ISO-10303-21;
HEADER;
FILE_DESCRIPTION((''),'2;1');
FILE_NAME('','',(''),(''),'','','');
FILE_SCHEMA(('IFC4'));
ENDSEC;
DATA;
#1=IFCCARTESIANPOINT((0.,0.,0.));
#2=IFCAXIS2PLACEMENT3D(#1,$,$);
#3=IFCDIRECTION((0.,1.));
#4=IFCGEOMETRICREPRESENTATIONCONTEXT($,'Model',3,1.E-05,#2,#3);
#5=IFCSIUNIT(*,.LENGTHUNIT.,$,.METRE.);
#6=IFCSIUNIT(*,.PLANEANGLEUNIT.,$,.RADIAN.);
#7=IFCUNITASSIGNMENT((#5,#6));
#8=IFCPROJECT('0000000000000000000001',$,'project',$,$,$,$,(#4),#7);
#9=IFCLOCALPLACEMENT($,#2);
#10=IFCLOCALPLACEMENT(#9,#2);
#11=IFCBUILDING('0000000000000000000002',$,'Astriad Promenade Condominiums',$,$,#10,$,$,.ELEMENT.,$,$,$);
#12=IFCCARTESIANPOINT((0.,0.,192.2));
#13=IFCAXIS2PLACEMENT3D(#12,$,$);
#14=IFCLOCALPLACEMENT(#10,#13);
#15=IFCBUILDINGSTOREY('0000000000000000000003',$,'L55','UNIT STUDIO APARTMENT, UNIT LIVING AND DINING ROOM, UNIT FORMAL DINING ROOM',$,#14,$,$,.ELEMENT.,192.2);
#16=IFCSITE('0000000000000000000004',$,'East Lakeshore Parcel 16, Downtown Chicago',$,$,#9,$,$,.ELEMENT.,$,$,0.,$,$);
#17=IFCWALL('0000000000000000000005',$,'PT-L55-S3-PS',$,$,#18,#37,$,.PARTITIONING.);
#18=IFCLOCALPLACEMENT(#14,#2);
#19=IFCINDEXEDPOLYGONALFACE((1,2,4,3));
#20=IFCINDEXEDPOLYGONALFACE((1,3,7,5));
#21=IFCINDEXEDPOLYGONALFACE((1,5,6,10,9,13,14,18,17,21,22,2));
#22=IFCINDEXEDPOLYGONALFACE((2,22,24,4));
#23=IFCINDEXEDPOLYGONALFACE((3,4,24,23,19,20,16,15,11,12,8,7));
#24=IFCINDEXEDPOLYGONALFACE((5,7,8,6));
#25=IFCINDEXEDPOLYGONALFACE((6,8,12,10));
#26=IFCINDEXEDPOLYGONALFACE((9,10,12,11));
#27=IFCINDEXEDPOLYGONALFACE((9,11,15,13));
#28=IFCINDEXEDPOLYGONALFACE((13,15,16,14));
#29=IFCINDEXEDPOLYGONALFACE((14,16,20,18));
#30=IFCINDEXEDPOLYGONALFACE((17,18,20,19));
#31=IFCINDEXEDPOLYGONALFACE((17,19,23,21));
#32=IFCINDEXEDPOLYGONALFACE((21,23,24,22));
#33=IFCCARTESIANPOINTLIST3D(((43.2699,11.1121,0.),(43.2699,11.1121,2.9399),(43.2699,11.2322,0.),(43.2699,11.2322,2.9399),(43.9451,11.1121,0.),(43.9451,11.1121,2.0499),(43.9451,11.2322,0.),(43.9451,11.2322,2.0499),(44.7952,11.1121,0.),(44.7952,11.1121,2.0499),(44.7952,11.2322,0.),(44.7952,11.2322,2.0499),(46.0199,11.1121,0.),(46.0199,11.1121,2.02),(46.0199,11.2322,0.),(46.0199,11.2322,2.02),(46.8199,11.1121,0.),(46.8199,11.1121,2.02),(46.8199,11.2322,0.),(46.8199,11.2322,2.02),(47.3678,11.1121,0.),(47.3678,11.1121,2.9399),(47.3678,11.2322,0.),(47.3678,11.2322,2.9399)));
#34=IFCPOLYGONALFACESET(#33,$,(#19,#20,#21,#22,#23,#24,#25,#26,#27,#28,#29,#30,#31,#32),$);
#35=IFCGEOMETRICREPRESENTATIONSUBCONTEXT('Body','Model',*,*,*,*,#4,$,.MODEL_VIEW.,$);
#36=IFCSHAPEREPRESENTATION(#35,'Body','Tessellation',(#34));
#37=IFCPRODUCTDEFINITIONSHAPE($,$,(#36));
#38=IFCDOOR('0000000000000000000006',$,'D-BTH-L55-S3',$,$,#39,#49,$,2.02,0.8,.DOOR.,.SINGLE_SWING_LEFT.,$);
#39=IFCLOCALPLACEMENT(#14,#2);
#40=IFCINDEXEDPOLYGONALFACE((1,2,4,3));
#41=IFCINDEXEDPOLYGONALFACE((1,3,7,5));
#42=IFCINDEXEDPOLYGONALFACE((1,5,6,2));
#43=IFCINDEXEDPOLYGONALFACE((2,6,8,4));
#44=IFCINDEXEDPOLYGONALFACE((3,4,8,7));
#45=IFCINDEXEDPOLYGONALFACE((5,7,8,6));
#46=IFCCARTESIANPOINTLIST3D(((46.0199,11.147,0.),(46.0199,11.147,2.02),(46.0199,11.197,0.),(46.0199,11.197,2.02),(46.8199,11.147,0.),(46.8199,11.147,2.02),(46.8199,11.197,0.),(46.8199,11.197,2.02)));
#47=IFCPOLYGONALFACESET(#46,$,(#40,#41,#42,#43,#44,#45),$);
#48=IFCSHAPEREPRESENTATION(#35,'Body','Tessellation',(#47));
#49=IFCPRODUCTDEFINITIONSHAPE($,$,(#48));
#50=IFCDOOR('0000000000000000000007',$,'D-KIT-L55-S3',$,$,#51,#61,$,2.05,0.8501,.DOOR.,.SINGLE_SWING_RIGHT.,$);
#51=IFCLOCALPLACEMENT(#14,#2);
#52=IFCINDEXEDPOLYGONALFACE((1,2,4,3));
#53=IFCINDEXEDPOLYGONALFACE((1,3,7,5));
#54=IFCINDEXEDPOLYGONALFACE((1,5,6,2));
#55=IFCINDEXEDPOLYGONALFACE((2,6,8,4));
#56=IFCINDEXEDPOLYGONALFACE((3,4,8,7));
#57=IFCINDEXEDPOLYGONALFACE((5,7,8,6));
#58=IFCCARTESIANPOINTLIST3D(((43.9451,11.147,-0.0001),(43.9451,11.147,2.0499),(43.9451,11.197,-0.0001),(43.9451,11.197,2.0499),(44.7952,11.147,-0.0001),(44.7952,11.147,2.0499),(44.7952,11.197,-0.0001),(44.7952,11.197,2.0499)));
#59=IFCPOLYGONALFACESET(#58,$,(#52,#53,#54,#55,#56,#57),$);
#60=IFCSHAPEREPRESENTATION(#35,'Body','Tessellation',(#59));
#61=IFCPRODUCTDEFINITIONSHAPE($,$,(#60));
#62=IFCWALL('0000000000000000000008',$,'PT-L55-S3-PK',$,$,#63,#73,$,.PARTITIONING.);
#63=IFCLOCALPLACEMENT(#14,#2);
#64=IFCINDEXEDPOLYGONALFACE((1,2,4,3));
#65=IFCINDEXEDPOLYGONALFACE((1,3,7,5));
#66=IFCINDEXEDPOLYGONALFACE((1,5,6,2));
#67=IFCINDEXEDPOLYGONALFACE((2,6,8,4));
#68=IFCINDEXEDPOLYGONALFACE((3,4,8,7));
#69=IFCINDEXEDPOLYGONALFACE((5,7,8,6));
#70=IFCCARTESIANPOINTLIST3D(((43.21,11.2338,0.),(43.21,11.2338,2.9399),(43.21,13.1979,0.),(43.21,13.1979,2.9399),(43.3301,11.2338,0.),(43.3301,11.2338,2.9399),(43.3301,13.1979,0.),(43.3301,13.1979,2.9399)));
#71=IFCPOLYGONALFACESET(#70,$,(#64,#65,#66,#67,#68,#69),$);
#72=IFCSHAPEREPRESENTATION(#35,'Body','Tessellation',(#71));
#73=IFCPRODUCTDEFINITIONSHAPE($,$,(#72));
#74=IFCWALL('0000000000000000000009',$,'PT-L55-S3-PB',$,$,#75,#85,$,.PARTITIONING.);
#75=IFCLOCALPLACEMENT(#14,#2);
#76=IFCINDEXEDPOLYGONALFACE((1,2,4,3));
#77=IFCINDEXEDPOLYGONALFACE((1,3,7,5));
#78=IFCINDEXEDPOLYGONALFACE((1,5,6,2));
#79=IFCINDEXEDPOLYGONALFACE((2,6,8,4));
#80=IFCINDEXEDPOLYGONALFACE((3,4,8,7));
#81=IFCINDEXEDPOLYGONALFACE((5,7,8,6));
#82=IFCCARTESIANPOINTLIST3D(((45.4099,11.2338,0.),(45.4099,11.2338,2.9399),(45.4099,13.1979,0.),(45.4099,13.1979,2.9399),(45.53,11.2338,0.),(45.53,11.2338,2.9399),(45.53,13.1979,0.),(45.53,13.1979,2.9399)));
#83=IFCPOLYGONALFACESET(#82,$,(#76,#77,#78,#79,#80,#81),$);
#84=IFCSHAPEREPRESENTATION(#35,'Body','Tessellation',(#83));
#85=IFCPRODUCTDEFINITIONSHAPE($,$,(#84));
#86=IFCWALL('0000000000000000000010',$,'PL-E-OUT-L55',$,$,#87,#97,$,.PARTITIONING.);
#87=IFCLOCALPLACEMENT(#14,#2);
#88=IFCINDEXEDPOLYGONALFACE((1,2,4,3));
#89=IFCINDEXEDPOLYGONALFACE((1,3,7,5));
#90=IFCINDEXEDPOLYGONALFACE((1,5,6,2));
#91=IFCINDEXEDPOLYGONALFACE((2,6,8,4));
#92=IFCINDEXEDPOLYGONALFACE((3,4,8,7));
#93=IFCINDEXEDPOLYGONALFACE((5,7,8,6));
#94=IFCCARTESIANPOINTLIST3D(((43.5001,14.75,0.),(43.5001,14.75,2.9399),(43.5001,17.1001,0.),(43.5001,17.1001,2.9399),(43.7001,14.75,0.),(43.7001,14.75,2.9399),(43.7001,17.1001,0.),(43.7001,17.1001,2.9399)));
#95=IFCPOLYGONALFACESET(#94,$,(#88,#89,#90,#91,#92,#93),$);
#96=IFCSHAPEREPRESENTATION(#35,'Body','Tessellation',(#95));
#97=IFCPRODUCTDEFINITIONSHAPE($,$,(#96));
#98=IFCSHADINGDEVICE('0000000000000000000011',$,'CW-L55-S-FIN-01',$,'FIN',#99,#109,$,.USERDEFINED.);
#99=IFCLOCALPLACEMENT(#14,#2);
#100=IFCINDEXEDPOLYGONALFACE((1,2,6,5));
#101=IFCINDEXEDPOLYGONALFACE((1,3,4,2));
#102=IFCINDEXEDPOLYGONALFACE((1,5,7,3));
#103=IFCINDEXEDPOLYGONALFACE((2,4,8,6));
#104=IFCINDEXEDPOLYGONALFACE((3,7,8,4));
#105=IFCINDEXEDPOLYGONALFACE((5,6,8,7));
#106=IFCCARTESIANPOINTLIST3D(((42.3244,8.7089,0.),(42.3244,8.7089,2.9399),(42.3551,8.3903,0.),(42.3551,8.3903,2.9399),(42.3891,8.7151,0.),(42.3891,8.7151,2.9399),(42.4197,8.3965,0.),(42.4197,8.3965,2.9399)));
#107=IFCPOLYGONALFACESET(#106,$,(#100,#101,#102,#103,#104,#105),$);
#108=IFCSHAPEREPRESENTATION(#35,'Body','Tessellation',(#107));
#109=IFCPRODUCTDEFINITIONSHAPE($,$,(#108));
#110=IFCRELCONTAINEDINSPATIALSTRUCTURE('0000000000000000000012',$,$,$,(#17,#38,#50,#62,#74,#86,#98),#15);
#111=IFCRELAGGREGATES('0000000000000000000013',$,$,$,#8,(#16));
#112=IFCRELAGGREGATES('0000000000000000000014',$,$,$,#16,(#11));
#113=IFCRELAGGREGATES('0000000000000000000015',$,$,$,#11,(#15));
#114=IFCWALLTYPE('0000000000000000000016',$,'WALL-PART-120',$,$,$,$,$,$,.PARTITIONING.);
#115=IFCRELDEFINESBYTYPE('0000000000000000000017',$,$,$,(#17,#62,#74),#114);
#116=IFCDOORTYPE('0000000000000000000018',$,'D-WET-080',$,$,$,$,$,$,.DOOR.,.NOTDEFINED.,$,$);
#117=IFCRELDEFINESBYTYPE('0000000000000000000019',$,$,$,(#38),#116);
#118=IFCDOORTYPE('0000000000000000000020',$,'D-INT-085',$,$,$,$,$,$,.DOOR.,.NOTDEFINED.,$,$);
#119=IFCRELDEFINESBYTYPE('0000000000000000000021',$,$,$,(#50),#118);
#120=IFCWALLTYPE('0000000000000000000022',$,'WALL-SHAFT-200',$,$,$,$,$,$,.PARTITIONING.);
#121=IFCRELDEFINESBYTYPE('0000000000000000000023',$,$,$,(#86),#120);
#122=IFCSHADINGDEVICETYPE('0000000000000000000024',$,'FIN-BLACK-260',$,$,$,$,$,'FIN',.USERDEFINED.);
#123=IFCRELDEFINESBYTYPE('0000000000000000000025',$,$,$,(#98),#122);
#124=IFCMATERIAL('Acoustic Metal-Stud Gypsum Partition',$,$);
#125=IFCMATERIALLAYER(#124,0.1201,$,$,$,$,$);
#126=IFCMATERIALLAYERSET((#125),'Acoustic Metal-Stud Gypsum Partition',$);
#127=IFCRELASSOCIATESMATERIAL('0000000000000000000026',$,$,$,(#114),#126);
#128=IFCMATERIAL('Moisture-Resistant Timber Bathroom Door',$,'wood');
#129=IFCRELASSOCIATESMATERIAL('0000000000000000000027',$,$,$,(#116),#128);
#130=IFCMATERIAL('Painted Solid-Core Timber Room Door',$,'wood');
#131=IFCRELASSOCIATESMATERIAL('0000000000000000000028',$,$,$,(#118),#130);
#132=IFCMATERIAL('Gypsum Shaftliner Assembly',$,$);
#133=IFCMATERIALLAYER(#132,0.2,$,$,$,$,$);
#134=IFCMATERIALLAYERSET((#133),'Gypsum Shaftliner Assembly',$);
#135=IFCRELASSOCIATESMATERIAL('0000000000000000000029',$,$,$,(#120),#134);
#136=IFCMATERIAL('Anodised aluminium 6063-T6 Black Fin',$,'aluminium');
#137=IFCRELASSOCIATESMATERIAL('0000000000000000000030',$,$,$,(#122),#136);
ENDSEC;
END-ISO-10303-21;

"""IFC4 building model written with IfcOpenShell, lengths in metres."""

from ifc_helpers import new_model, si_unit, direction, frame, frame_2d, origin, origin_2d, place, context, subcontext, project, spatial, rectangle, extrude, source, transform, mapped, material, layer, layer_set, type_object, type_shapes, element, fill, save


model = new_model("IFC4")

# Units and contexts
model_context = context("Model", 3, precision=1e-05, world=origin(), true_north=direction((0.0, 1.0)))
body_context = subcontext(model_context, "Body", "Model", "MODEL_VIEW")
ifc_project = project(units=[si_unit("LENGTHUNIT", "METRE"), si_unit("PLANEANGLEUNIT", "RADIAN")], contexts=[model_context])

# Site, building, storey
site_placement = place(None, origin())
site = spatial("IfcSite", under=ifc_project, at=site_placement, Name="East Lakeshore Parcel 16, Downtown Chicago", CompositionType="ELEMENT", RefElevation=0.0)
building_placement = place(site_placement, origin())
building = spatial("IfcBuilding", under=site, at=building_placement, Name="Astriad Promenade Condominiums", CompositionType="ELEMENT")
storey_placement = place(building_placement, frame((0.0, 0.0, 192.2)))
storey = spatial("IfcBuildingStorey", under=building, at=storey_placement, Name="L55", Description="UNIT STUDIO APARTMENT, UNIT LIVING AND DINING ROOM, UNIT FORMAL DINING ROOM", CompositionType="ELEMENT", Elevation=192.2)

# Wall, openings, doors
ifc_material_1 = material(Name="Acoustic Metal-Stud Gypsum Partition")
ifc_layer_1 = layer(ifc_material_1, 0.1201)
ifc_layer_set_1 = layer_set([ifc_layer_1], Name="Acoustic Metal-Stud Gypsum Partition")
wall_type_1 = type_object("IfcWallType", Name="WALL-PART-120", PredefinedType="PARTITIONING", material=ifc_layer_set_1)
wall_1_placement = place(storey_placement, frame((43.27, 11.1721, 0.0), z_axis=(0.0, 0.0, 1.0), x_axis=(1.0, 0.0, 0.0)))
wall_1 = element("IfcWall", 1, at=wall_1_placement, inside=storey, type_object=wall_type_1, Name="PT-L55-S3-PS", PredefinedType="PARTITIONING", context=body_context, shape_type="SweptSolid", body=[
    extrude(rectangle(XDim=4.0979, YDim=0.1201, at=frame_2d((2.0488, 0.0))), origin(), (0.0, 0.0, 1.0), 2.9399),
])
opening_1_placement = place(wall_1_placement, frame((0.675, 0.0, 0.0)))
opening_1 = element("IfcOpeningElement", 2, at=opening_1_placement, cuts=wall_1, PredefinedType="OPENING", context=body_context, shape_type="SweptSolid", body=[
    extrude(rectangle(XDim=0.8501, YDim=2.05, at=frame_2d((0.425, 1.0249))), frame((0.0, 0.0701, 0.0), z_axis=(0.0, -1.0, 0.0), x_axis=(1.0, 0.0, 0.0)), (0.0, 0.0, 1.0), 0.1401),
])
opening_2_placement = place(wall_1_placement, frame((2.75, 0.0, 0.0)))
opening_2 = element("IfcOpeningElement", 3, at=opening_2_placement, cuts=wall_1, PredefinedType="OPENING", context=body_context, shape_type="SweptSolid", body=[
    extrude(rectangle(XDim=0.8, YDim=2.02, at=frame_2d((0.3999, 1.01))), frame((0.0, 0.0701, 0.0), z_axis=(0.0, -1.0, 0.0), x_axis=(1.0, 0.0, 0.0)), (0.0, 0.0, 1.0), 0.1401),
])
ifc_material_2 = material(Name="Moisture-Resistant Timber Bathroom Door", Category="wood")
door_type_1 = type_object("IfcDoorType", Name="D-WET-080", OperationType="NOTDEFINED", PredefinedType="DOOR", material=ifc_material_2)
shared_shape_1 = source(origin(), body_context, "Body", "SweptSolid", [
    extrude(rectangle(XDim=0.8, YDim=2.02, at=frame_2d((0.3999, 1.01))), frame((0.0, 0.0249, 0.0), z_axis=(0.0, -1.0, 0.0), x_axis=(1.0, 0.0, 0.0)), (0.0, 0.0, 1.0), 0.05),
])
type_shapes(door_type_1, [shared_shape_1])
door_1_placement = place(opening_2_placement, origin())
door_1 = element("IfcDoor", 4, at=door_1_placement, inside=storey, type_object=door_type_1, Name="D-BTH-L55-S3", OperationType="SINGLE_SWING_LEFT", OverallHeight=2.02, OverallWidth=0.8, PredefinedType="DOOR", context=body_context, shape_type="MappedRepresentation", body=[
    mapped(shared_shape_1, transform((0.0, 0.0, 0.0), scale=1.0)),
])
fill(opening_2, door_1)
ifc_material_3 = material(Name="Painted Solid-Core Timber Room Door", Category="wood")
door_type_2 = type_object("IfcDoorType", Name="D-INT-085", OperationType="NOTDEFINED", PredefinedType="DOOR", material=ifc_material_3)
shared_shape_2 = source(origin(), body_context, "Body", "SweptSolid", [
    extrude(rectangle(XDim=0.8501, YDim=2.05, at=frame_2d((0.425, 1.0249))), frame((0.0, 0.0249, 0.0), z_axis=(0.0, -1.0, 0.0), x_axis=(1.0, 0.0, 0.0)), (0.0, 0.0, 1.0), 0.05),
])
type_shapes(door_type_2, [shared_shape_2])
door_2_placement = place(opening_1_placement, origin())
door_2 = element("IfcDoor", 5, at=door_2_placement, inside=storey, type_object=door_type_2, Name="D-KIT-L55-S3", OperationType="SINGLE_SWING_RIGHT", OverallHeight=2.05, OverallWidth=0.8501, PredefinedType="DOOR", context=body_context, shape_type="MappedRepresentation", body=[
    mapped(shared_shape_2, transform((0.0, 0.0, 0.0), scale=1.0)),
])
fill(opening_1, door_2)

# Walls
for number, where, z_axis, x_axis, name in (
    (6, (43.27, 11.2339, 0.0), (0.0, 0.0, 1.0), (0.0, 1.0, 0.0), "PT-L55-S3-PK"),
    (7, (45.47, 11.2339, 0.0), (0.0, 0.0, 1.0), (0.0, 1.0, 0.0), "PT-L55-S3-PB"),
):
    element("IfcWall", number, at=place(storey_placement, frame(where, z_axis=z_axis, x_axis=x_axis)), inside=storey, type_object=wall_type_1, Name=name, PredefinedType="PARTITIONING", context=body_context, shape_type="SweptSolid", body=[
        extrude(rectangle(XDim=1.9641, YDim=0.1201, at=frame_2d((0.9819, 0.0))), origin(), (0.0, 0.0, 1.0), 2.9399),
    ])
ifc_material_4 = material(Name="Gypsum Shaftliner Assembly")
ifc_layer_2 = layer(ifc_material_4, 0.2)
ifc_layer_set_2 = layer_set([ifc_layer_2], Name="Gypsum Shaftliner Assembly")
wall_type_2 = type_object("IfcWallType", Name="WALL-SHAFT-200", PredefinedType="PARTITIONING", material=ifc_layer_set_2)
wall_2_placement = place(storey_placement, frame((43.6001, 14.75, 0.0), z_axis=(0.0, 0.0, 1.0), x_axis=(0.0, 1.0, 0.0)))
element("IfcWall", 8, at=wall_2_placement, inside=storey, type_object=wall_type_2, Name="PL-E-OUT-L55", PredefinedType="PARTITIONING", context=body_context, shape_type="SweptSolid", body=[
    extrude(rectangle(XDim=2.3501, YDim=0.2, at=frame_2d((1.175, 0.0))), origin(), (0.0, 0.0, 1.0), 2.9399),
])

# Shading device
ifc_material_5 = material(Name="Anodised aluminium 6063-T6 Black Fin", Category="aluminium")
shading_device_type = type_object("IfcShadingDeviceType", Name="FIN-BLACK-260", ElementType="FIN", PredefinedType="USERDEFINED", material=ifc_material_5)
shared_shape_3 = source(origin(), body_context, "Body", "SweptSolid", [
    extrude(rectangle(XDim=0.0649, YDim=0.3201, at=origin_2d()), origin(), (0.0, 0.0, 1.0), 2.9399),
])
type_shapes(shading_device_type, [shared_shape_3])
shading_device_placement = place(storey_placement, frame((42.3721, 8.5527, 0.0), z_axis=(0.0, 0.0, 1.0), x_axis=(-0.995396, -0.095846, 0.0)))
element("IfcShadingDevice", 9, at=shading_device_placement, inside=storey, type_object=shading_device_type, Name="CW-L55-S-FIN-01", ObjectType="FIN", PredefinedType="USERDEFINED", context=body_context, shape_type="MappedRepresentation", body=[
    mapped(shared_shape_3, transform((0.0, 0.0, 0.0), scale=1.0)),
])

save(model, "model.ifc")
